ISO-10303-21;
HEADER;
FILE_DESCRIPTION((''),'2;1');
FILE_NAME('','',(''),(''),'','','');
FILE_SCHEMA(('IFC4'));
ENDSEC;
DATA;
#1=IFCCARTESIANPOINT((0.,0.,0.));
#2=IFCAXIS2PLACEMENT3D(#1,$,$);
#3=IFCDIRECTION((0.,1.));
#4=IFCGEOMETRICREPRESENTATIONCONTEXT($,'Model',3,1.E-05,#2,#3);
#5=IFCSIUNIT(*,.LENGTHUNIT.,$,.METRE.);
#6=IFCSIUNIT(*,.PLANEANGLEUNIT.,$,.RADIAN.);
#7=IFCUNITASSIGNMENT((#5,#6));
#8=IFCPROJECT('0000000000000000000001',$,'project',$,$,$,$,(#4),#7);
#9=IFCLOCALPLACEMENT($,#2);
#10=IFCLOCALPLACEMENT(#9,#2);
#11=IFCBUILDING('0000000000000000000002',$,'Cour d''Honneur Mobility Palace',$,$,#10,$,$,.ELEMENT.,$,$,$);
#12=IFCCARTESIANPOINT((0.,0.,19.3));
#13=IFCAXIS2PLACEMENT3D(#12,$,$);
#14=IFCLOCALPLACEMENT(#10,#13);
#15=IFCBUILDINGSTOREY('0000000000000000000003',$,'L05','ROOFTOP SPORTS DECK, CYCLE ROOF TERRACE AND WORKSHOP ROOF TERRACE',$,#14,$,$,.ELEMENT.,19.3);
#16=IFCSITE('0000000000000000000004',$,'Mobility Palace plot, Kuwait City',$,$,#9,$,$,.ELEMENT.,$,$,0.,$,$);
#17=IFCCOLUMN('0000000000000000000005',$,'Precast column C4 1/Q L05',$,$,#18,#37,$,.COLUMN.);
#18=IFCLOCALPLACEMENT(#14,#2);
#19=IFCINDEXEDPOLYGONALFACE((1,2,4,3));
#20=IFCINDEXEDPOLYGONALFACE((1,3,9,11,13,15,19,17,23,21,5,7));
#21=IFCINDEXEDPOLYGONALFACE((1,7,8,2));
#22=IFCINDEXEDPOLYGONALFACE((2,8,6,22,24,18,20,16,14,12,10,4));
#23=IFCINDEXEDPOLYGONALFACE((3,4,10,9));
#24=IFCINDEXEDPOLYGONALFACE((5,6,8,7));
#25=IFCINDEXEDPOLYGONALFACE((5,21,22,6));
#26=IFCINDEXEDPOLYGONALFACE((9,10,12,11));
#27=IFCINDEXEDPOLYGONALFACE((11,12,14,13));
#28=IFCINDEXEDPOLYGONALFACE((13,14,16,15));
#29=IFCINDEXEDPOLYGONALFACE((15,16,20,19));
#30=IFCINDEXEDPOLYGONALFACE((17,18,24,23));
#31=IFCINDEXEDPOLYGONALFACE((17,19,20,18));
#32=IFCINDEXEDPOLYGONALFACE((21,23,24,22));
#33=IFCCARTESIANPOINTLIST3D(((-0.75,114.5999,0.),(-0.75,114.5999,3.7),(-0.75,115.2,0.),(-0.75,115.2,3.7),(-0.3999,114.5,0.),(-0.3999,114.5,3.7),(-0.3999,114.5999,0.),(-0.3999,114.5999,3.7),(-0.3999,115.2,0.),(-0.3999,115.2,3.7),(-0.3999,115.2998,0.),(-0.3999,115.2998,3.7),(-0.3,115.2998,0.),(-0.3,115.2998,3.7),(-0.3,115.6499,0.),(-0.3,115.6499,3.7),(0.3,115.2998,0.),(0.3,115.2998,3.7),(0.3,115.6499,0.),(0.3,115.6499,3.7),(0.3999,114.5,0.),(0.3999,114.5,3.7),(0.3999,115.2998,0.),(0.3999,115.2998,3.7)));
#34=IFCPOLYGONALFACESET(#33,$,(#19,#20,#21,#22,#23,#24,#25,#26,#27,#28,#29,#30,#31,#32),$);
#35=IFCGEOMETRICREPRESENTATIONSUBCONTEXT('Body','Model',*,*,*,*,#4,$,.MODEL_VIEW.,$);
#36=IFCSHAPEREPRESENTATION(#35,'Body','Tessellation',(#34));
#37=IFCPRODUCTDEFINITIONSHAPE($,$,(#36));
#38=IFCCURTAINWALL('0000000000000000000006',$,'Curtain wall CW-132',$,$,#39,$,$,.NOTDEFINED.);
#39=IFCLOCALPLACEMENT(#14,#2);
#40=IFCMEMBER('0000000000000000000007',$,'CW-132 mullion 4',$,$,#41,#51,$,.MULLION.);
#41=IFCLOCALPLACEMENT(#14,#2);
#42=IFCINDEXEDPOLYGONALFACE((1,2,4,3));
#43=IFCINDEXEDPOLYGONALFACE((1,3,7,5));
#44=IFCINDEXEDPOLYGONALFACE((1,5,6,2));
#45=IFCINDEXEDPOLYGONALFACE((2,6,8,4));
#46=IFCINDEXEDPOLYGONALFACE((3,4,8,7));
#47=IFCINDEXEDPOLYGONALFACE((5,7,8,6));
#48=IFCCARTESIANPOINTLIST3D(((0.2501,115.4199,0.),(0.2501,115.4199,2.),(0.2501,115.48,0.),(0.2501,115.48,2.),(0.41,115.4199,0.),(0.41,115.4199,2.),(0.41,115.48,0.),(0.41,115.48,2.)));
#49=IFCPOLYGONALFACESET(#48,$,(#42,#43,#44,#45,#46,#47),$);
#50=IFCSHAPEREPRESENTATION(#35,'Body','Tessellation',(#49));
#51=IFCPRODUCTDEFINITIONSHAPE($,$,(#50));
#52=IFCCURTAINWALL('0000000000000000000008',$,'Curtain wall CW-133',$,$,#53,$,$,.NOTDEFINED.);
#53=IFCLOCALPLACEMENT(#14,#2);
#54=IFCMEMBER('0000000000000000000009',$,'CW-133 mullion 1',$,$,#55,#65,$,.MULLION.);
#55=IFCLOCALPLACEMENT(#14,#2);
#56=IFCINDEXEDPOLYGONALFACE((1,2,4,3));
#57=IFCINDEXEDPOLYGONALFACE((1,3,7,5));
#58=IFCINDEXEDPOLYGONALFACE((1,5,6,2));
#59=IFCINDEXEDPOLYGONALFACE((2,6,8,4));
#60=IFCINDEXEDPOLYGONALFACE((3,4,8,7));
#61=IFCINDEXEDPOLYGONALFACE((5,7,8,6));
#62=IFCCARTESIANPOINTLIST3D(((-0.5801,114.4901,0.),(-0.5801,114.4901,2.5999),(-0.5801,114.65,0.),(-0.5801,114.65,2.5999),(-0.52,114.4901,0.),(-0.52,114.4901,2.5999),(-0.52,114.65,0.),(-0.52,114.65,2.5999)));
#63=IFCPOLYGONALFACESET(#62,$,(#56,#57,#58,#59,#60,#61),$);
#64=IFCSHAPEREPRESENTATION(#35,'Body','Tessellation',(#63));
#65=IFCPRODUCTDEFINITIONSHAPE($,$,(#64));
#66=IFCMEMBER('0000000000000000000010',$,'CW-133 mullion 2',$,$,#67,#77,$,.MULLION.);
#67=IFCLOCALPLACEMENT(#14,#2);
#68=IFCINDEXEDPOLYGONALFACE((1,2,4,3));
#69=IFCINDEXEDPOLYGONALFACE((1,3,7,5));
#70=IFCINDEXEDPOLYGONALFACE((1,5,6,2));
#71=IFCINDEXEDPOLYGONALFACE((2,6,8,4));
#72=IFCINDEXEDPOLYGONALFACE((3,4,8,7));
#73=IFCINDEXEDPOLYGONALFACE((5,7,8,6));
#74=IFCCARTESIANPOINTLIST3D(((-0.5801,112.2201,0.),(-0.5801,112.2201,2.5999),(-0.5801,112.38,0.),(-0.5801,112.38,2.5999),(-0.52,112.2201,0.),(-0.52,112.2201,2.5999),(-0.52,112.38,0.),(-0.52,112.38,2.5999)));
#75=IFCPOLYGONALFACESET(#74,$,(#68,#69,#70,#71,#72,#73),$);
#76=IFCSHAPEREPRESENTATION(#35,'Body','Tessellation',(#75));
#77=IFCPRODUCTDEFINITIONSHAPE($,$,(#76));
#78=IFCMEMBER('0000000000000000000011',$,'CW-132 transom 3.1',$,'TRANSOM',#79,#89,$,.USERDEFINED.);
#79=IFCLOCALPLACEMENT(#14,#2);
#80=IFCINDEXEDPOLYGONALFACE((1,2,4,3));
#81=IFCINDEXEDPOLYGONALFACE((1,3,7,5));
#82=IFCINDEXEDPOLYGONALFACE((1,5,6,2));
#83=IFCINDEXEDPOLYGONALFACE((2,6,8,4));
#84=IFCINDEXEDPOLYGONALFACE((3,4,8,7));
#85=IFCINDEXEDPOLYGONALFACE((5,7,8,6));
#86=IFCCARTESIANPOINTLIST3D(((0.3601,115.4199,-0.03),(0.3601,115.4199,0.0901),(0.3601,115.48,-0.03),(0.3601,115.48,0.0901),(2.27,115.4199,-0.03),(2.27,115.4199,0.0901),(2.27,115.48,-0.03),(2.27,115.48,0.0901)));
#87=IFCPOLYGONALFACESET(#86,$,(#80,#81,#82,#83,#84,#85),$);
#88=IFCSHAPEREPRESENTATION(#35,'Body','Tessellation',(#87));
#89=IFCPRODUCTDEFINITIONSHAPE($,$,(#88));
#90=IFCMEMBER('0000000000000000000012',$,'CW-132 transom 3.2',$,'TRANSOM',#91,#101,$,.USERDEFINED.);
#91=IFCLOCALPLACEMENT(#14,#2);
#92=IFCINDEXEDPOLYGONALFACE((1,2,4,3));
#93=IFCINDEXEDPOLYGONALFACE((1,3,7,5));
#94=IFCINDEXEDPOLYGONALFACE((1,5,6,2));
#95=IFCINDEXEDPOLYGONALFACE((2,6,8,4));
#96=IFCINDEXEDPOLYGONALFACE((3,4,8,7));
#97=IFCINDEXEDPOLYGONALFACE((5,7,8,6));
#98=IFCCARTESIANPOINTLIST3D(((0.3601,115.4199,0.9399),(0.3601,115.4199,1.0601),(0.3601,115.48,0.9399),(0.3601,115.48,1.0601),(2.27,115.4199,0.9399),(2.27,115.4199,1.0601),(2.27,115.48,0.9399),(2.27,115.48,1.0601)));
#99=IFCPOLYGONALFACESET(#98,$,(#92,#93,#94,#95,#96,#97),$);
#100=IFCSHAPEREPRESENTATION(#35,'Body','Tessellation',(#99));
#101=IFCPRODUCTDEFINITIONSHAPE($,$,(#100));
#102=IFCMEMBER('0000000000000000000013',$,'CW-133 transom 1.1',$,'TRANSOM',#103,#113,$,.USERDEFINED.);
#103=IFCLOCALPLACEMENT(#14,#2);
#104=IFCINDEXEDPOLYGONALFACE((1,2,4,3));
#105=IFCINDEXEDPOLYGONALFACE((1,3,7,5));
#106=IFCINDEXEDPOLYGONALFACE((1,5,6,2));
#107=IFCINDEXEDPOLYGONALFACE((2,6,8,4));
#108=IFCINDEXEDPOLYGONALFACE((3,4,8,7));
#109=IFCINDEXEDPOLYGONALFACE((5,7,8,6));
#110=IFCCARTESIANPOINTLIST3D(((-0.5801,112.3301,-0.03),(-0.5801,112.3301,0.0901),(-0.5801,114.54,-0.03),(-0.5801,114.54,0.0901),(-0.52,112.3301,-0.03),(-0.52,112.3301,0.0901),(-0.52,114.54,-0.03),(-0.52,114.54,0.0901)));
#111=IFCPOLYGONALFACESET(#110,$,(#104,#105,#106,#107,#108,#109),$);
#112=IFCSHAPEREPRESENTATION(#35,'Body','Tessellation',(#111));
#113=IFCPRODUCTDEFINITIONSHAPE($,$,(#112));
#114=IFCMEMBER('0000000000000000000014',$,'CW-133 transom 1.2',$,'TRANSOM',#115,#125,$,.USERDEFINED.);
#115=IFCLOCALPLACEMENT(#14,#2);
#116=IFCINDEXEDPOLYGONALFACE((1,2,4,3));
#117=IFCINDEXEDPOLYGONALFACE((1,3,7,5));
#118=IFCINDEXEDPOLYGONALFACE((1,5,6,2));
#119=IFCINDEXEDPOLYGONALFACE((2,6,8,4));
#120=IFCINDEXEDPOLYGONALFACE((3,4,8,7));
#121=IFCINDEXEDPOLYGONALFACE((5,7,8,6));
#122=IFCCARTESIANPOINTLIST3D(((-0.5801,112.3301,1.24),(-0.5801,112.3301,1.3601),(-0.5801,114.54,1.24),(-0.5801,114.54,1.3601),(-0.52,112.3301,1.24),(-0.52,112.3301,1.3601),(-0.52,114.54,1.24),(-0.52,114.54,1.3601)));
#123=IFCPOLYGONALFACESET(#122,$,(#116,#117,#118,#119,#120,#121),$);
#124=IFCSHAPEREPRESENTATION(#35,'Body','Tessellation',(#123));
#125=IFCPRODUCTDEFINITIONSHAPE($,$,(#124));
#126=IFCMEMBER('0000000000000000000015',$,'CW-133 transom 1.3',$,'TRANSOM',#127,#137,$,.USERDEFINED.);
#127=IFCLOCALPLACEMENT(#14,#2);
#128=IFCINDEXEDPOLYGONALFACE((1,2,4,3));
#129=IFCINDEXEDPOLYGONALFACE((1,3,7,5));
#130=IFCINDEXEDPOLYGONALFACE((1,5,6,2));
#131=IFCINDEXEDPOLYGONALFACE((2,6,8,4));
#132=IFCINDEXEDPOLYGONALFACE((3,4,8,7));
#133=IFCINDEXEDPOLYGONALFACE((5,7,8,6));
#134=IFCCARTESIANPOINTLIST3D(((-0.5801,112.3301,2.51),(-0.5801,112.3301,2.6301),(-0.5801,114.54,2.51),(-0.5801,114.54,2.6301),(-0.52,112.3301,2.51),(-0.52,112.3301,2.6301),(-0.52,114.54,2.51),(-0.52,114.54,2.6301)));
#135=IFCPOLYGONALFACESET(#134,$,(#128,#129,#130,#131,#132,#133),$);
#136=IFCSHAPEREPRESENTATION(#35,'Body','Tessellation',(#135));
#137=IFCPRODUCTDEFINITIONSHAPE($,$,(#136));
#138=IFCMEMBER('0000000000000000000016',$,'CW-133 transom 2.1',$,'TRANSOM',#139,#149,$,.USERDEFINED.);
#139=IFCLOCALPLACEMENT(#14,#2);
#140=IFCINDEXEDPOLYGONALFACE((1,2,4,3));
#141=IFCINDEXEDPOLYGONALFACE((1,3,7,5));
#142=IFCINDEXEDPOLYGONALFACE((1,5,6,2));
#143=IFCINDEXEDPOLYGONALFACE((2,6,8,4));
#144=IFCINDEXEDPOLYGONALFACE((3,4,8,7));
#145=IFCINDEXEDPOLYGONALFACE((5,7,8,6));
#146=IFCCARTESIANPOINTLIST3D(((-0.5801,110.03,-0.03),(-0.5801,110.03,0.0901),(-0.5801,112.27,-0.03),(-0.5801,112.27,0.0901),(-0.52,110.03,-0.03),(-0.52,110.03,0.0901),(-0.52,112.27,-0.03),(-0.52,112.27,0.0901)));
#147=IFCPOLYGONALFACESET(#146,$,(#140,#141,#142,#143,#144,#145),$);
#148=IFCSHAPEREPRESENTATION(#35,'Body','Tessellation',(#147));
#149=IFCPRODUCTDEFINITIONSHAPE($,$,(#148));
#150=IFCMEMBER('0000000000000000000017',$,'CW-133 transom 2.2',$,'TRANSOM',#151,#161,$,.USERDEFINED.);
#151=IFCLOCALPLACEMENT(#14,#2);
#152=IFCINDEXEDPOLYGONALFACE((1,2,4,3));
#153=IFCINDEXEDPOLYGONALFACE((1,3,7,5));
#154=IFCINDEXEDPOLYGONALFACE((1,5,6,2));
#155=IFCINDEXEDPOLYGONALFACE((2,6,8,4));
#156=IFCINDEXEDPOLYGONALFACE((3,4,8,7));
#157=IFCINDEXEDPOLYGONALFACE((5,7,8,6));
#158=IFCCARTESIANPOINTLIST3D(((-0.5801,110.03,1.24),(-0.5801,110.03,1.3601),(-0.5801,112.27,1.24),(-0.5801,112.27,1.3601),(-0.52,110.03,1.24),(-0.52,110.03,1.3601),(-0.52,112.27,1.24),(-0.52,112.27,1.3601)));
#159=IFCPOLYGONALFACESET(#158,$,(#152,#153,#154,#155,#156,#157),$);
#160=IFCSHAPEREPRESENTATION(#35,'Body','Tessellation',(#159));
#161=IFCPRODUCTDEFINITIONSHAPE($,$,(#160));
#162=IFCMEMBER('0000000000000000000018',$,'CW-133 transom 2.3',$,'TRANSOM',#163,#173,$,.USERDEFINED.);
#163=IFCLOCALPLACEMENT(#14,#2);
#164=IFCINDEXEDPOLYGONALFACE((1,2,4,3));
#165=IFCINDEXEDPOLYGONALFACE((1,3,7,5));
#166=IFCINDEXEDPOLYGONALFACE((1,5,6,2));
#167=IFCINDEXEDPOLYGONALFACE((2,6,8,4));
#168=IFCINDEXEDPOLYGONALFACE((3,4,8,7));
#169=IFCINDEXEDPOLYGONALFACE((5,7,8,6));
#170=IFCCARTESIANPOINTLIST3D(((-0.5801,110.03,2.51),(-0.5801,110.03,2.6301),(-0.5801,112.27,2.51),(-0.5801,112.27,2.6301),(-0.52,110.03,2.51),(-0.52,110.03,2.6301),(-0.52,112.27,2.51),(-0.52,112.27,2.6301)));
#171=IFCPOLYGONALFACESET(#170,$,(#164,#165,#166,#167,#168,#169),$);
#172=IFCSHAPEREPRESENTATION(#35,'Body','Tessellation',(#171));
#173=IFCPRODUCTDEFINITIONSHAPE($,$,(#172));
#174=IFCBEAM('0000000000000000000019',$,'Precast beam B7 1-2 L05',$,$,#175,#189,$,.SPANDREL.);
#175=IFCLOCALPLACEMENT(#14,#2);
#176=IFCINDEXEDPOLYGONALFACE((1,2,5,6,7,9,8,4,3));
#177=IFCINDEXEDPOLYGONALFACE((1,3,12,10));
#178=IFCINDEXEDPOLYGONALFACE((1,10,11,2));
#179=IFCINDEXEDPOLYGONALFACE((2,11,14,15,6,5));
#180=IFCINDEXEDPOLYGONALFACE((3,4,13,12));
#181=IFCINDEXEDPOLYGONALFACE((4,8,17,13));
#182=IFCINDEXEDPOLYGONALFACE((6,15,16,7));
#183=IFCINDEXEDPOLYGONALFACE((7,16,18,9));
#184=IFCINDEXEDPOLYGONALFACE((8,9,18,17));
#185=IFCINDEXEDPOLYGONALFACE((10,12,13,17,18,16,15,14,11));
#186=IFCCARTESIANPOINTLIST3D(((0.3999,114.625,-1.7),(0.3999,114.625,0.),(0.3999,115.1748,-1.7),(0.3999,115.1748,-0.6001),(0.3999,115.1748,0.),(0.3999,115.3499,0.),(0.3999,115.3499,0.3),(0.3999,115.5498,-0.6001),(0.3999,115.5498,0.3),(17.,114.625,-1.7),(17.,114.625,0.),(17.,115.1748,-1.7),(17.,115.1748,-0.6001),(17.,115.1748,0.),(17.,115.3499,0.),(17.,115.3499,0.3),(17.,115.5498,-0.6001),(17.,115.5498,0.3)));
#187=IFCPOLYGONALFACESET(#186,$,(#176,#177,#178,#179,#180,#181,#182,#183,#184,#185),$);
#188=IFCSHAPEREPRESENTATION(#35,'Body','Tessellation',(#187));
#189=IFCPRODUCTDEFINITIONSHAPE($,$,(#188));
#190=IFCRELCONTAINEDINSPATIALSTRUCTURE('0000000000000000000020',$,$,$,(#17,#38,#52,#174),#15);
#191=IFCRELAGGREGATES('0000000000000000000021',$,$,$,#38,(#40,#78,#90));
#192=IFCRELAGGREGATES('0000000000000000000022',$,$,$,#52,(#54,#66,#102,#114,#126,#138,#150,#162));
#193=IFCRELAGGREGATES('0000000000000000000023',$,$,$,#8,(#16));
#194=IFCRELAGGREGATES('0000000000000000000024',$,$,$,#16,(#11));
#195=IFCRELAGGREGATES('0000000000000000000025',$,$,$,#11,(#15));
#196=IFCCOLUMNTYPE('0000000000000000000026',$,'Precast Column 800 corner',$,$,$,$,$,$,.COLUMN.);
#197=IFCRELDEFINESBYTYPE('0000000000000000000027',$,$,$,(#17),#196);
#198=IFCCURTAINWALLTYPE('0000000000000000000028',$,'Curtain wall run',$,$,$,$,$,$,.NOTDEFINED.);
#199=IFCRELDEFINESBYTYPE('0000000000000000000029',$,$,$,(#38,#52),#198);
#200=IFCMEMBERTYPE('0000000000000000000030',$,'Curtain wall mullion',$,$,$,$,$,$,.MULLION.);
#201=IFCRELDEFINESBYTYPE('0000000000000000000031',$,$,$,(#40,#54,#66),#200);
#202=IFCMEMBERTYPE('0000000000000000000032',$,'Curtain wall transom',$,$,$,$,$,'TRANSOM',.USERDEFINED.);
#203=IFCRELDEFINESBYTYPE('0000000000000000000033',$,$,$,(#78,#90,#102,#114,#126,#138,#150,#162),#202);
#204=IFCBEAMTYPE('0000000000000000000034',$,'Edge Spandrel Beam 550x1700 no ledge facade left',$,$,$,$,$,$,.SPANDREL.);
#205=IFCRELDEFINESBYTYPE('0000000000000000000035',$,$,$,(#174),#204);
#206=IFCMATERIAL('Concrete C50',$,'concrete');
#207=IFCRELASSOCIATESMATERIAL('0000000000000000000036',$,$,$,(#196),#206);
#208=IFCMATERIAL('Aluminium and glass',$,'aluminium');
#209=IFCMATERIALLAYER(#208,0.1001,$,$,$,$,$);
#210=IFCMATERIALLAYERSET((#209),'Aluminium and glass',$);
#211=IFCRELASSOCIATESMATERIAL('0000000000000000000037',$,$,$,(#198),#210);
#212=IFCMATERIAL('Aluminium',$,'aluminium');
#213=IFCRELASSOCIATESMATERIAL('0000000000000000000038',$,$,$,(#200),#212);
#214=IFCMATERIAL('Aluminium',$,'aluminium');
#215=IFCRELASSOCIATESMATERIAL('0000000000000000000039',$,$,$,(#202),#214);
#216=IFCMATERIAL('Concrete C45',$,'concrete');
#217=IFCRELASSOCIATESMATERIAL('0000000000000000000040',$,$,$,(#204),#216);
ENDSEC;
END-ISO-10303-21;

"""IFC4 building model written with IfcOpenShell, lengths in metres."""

from ifc_helpers import new_model, si_unit, direction, frame, origin, origin_2d, place, context, subcontext, project, spatial, polyline, rectangle, outline, extrude, material, layer, layer_set, material_profile, profile_set, type_object, element, aggregate, save


model = new_model("IFC4")

# Units and contexts
model_context = context("Model", 3, precision=1e-05, world=origin(), true_north=direction((0.0, 1.0)))
body_context = subcontext(model_context, "Body", "Model", "MODEL_VIEW")
ifc_project = project(units=[si_unit("LENGTHUNIT", "METRE"), si_unit("PLANEANGLEUNIT", "RADIAN")], contexts=[model_context])

# Site, building, storey
site_placement = place(None, origin())
site = spatial("IfcSite", under=ifc_project, at=site_placement, Name="Mobility Palace plot, Kuwait City", CompositionType="ELEMENT", RefElevation=0.0)
building_placement = place(site_placement, origin())
building = spatial("IfcBuilding", under=site, at=building_placement, Name="Cour d'Honneur Mobility Palace", CompositionType="ELEMENT")
storey_placement = place(building_placement, frame((0.0, 0.0, 19.3)))
storey = spatial("IfcBuildingStorey", under=building, at=storey_placement, Name="L05", Description="ROOFTOP SPORTS DECK, CYCLE ROOF TERRACE AND WORKSHOP ROOF TERRACE", CompositionType="ELEMENT", Elevation=19.3)

# Column
ifc_material_1 = material(Name="Concrete C50", Category="concrete")
ifc_material_profile_1 = material_profile(ifc_material_1, outline(polyline([(-0.3999, -0.3999), (0.3999, -0.3999), (0.3999, -0.3), (0.75, -0.3), (0.75, 0.3), (0.3999, 0.3), (0.3999, 0.3999), (0.3, 0.3999), (0.3, 0.75), (-0.3, 0.75), (-0.3, 0.3999), (-0.3999, 0.3999), (-0.3999, -0.3999)])), Name="PC C800 corner")
ifc_profile_set_1 = profile_set([ifc_material_profile_1], Name="Concrete C50")
column_type = type_object("IfcColumnType", Name="Precast Column 800 corner", PredefinedType="COLUMN", material=ifc_profile_set_1)
column_placement = place(storey_placement, frame((0.0, 114.8999, 0.0), z_axis=(0.0, 0.0, 1.0), x_axis=(0.0, 1.0, 0.0)))
element("IfcColumn", 1, at=column_placement, inside=storey, type_object=column_type, Name="Precast column C4 1/Q L05", PredefinedType="COLUMN", context=body_context, shape_type="SweptSolid", body=[
    extrude(outline(polyline([(-0.3999, -0.3999), (0.3999, -0.3999), (0.3999, -0.3), (0.75, -0.3), (0.75, 0.3), (0.3999, 0.3), (0.3999, 0.3999), (0.3, 0.3999), (0.3, 0.75), (-0.3, 0.75), (-0.3, 0.3999), (-0.3999, 0.3999), (-0.3999, -0.3999)])), origin(), (0.0, 0.0, 1.0), 3.7),
])

# Curtain wall, member
ifc_material_2 = material(Name="Aluminium and glass", Category="aluminium")
ifc_layer_1 = layer(ifc_material_2, 0.1001)
ifc_layer_set_1 = layer_set([ifc_layer_1], Name="Aluminium and glass")
curtain_wall_type = type_object("IfcCurtainWallType", Name="Curtain wall run", PredefinedType="NOTDEFINED", material=ifc_layer_set_1)
curtain_wall_1_placement = place(storey_placement, origin())
curtain_wall_1 = element("IfcCurtainWall", 2, at=curtain_wall_1_placement, inside=storey, type_object=curtain_wall_type, Name="Curtain wall CW-132", PredefinedType="NOTDEFINED")
ifc_material_3 = material(Name="Aluminium", Category="aluminium")
ifc_material_profile_2 = material_profile(ifc_material_3, rectangle(XDim=0.0601, YDim=0.1599, at=origin_2d()), Name="Curtain wall mullion")
ifc_profile_set_2 = profile_set([ifc_material_profile_2], Name="Aluminium")
member_type_1 = type_object("IfcMemberType", Name="Curtain wall mullion", PredefinedType="MULLION", material=ifc_profile_set_2)
member_1_placement = place(storey_placement, frame((0.3301, 115.45, 0.0), z_axis=(0.0, 0.0, 1.0), x_axis=(0.0, -1.0, 0.0)))
member_1 = element("IfcMember", 3, at=member_1_placement, type_object=member_type_1, Name="CW-132 mullion 4", PredefinedType="MULLION", context=body_context, shape_type="SweptSolid", body=[
    extrude(rectangle(XDim=0.0601, YDim=0.1599, at=origin_2d()), origin(), (0.0, 0.0, 1.0), 2.0),
])

# Curtain wall, members
curtain_wall_2_placement = place(storey_placement, origin())
curtain_wall_2 = element("IfcCurtainWall", 4, at=curtain_wall_2_placement, inside=storey, type_object=curtain_wall_type, Name="Curtain wall CW-133", PredefinedType="NOTDEFINED")
member_2_placement = place(storey_placement, frame((-0.55, 114.5701, 0.0), z_axis=(0.0, 0.0, 1.0), x_axis=(1.0, 0.0, 0.0)))
member_2 = element("IfcMember", 5, at=member_2_placement, type_object=member_type_1, Name="CW-133 mullion 1", PredefinedType="MULLION", context=body_context, shape_type="SweptSolid", body=[
    extrude(rectangle(XDim=0.0601, YDim=0.1599, at=origin_2d()), origin(), (0.0, 0.0, 1.0), 2.5999),
])
member_3_placement = place(storey_placement, frame((-0.55, 112.3, 0.0), z_axis=(0.0, 0.0, 1.0), x_axis=(1.0, 0.0, 0.0)))
member_3 = element("IfcMember", 6, at=member_3_placement, type_object=member_type_1, Name="CW-133 mullion 2", PredefinedType="MULLION", context=body_context, shape_type="SweptSolid", body=[
    extrude(rectangle(XDim=0.0601, YDim=0.1599, at=origin_2d()), origin(), (0.0, 0.0, 1.0), 2.5999),
])

# Members
ifc_material_4 = material(Name="Aluminium", Category="aluminium")
ifc_material_profile_3 = material_profile(ifc_material_4, rectangle(XDim=0.0601, YDim=0.1201, at=origin_2d()), Name="Curtain wall transom")
ifc_profile_set_3 = profile_set([ifc_material_profile_3], Name="Aluminium")
member_type_2 = type_object("IfcMemberType", Name="Curtain wall transom", ElementType="TRANSOM", PredefinedType="USERDEFINED", material=ifc_profile_set_3)
member_4_placement = place(storey_placement, frame((2.27, 115.45, 0.03), z_axis=(-1.0, 0.0, 0.0), x_axis=(0.0, -1.0, 0.0)))
member_4 = element("IfcMember", 7, at=member_4_placement, type_object=member_type_2, Name="CW-132 transom 3.1", ObjectType="TRANSOM", PredefinedType="USERDEFINED", context=body_context, shape_type="SweptSolid", body=[
    extrude(rectangle(XDim=0.0601, YDim=0.1201, at=origin_2d()), origin(), (0.0, 0.0, 1.0), 1.9099),
])
member_5_placement = place(storey_placement, frame((2.27, 115.45, 1.0), z_axis=(-1.0, 0.0, 0.0), x_axis=(0.0, -1.0, 0.0)))
member_5 = element("IfcMember", 8, at=member_5_placement, type_object=member_type_2, Name="CW-132 transom 3.2", ObjectType="TRANSOM", PredefinedType="USERDEFINED", context=body_context, shape_type="SweptSolid", body=[
    extrude(rectangle(XDim=0.0601, YDim=0.1201, at=origin_2d()), origin(), (0.0, 0.0, 1.0), 1.9099),
])
member_6_placement = place(storey_placement, frame((-0.55, 114.54, 0.03), z_axis=(0.0, -1.0, 0.0), x_axis=(1.0, 0.0, 0.0)))
member_6 = element("IfcMember", 9, at=member_6_placement, type_object=member_type_2, Name="CW-133 transom 1.1", ObjectType="TRANSOM", PredefinedType="USERDEFINED", context=body_context, shape_type="SweptSolid", body=[
    extrude(rectangle(XDim=0.0601, YDim=0.1201, at=origin_2d()), origin(), (0.0, 0.0, 1.0), 2.21),
])
member_7_placement = place(storey_placement, frame((-0.55, 114.54, 1.3), z_axis=(0.0, -1.0, 0.0), x_axis=(1.0, 0.0, 0.0)))
member_7 = element("IfcMember", 10, at=member_7_placement, type_object=member_type_2, Name="CW-133 transom 1.2", ObjectType="TRANSOM", PredefinedType="USERDEFINED", context=body_context, shape_type="SweptSolid", body=[
    extrude(rectangle(XDim=0.0601, YDim=0.1201, at=origin_2d()), origin(), (0.0, 0.0, 1.0), 2.21),
])
member_8_placement = place(storey_placement, frame((-0.55, 114.54, 2.5701), z_axis=(0.0, -1.0, 0.0), x_axis=(1.0, 0.0, 0.0)))
member_8 = element("IfcMember", 11, at=member_8_placement, type_object=member_type_2, Name="CW-133 transom 1.3", ObjectType="TRANSOM", PredefinedType="USERDEFINED", context=body_context, shape_type="SweptSolid", body=[
    extrude(rectangle(XDim=0.0601, YDim=0.1201, at=origin_2d()), origin(), (0.0, 0.0, 1.0), 2.21),
])
member_9_placement = place(storey_placement, frame((-0.55, 112.27, 0.03), z_axis=(0.0, -1.0, 0.0), x_axis=(1.0, 0.0, 0.0)))
member_9 = element("IfcMember", 12, at=member_9_placement, type_object=member_type_2, Name="CW-133 transom 2.1", ObjectType="TRANSOM", PredefinedType="USERDEFINED", context=body_context, shape_type="SweptSolid", body=[
    extrude(rectangle(XDim=0.0601, YDim=0.1201, at=origin_2d()), origin(), (0.0, 0.0, 1.0), 2.24),
])
member_10_placement = place(storey_placement, frame((-0.55, 112.27, 1.3), z_axis=(0.0, -1.0, 0.0), x_axis=(1.0, 0.0, 0.0)))
member_10 = element("IfcMember", 13, at=member_10_placement, type_object=member_type_2, Name="CW-133 transom 2.2", ObjectType="TRANSOM", PredefinedType="USERDEFINED", context=body_context, shape_type="SweptSolid", body=[
    extrude(rectangle(XDim=0.0601, YDim=0.1201, at=origin_2d()), origin(), (0.0, 0.0, 1.0), 2.24),
])
member_11_placement = place(storey_placement, frame((-0.55, 112.27, 2.5701), z_axis=(0.0, -1.0, 0.0), x_axis=(1.0, 0.0, 0.0)))
member_11 = element("IfcMember", 14, at=member_11_placement, type_object=member_type_2, Name="CW-133 transom 2.3", ObjectType="TRANSOM", PredefinedType="USERDEFINED", context=body_context, shape_type="SweptSolid", body=[
    extrude(rectangle(XDim=0.0601, YDim=0.1201, at=origin_2d()), origin(), (0.0, 0.0, 1.0), 2.24),
])

# Beam
ifc_material_5 = material(Name="Concrete C45", Category="concrete")
ifc_material_profile_4 = material_profile(ifc_material_5, outline(polyline([(0.2749, -1.7), (0.2749, -0.6001), (0.6499, -0.6001), (0.6499, 0.3), (0.45, 0.3), (0.45, 0.0), (0.2749, 0.0), (-0.2749, 0.0), (-0.2749, -1.7), (0.2749, -1.7)])), Name="Edge Spandrel Beam 550x1700 no ledge facade left")
ifc_profile_set_4 = profile_set([ifc_material_profile_4], Name="Concrete C45")
beam_type = type_object("IfcBeamType", Name="Edge Spandrel Beam 550x1700 no ledge facade left", PredefinedType="SPANDREL", material=ifc_profile_set_4)
beam_placement = place(storey_placement, frame((0.3999, 114.8999, 0.0), z_axis=(1.0, 0.0, 0.0), x_axis=(0.0, 1.0, 0.0)))
element("IfcBeam", 15, at=beam_placement, inside=storey, type_object=beam_type, Name="Precast beam B7 1-2 L05", PredefinedType="SPANDREL", context=body_context, shape_type="SweptSolid", body=[
    extrude(outline(polyline([(0.2749, -1.7), (0.2749, -0.6001), (0.6499, -0.6001), (0.6499, 0.3), (0.45, 0.3), (0.45, 0.0), (0.2749, 0.0), (-0.2749, 0.0), (-0.2749, -1.7), (0.2749, -1.7)])), origin(), (0.0, 0.0, 1.0), 16.6001),
])

aggregate(curtain_wall_1, [member_1, member_4, member_5])
aggregate(curtain_wall_2, [member_2, member_3, member_6, member_7, member_8, member_9, member_10, member_11])

save(model, "model.ifc")
